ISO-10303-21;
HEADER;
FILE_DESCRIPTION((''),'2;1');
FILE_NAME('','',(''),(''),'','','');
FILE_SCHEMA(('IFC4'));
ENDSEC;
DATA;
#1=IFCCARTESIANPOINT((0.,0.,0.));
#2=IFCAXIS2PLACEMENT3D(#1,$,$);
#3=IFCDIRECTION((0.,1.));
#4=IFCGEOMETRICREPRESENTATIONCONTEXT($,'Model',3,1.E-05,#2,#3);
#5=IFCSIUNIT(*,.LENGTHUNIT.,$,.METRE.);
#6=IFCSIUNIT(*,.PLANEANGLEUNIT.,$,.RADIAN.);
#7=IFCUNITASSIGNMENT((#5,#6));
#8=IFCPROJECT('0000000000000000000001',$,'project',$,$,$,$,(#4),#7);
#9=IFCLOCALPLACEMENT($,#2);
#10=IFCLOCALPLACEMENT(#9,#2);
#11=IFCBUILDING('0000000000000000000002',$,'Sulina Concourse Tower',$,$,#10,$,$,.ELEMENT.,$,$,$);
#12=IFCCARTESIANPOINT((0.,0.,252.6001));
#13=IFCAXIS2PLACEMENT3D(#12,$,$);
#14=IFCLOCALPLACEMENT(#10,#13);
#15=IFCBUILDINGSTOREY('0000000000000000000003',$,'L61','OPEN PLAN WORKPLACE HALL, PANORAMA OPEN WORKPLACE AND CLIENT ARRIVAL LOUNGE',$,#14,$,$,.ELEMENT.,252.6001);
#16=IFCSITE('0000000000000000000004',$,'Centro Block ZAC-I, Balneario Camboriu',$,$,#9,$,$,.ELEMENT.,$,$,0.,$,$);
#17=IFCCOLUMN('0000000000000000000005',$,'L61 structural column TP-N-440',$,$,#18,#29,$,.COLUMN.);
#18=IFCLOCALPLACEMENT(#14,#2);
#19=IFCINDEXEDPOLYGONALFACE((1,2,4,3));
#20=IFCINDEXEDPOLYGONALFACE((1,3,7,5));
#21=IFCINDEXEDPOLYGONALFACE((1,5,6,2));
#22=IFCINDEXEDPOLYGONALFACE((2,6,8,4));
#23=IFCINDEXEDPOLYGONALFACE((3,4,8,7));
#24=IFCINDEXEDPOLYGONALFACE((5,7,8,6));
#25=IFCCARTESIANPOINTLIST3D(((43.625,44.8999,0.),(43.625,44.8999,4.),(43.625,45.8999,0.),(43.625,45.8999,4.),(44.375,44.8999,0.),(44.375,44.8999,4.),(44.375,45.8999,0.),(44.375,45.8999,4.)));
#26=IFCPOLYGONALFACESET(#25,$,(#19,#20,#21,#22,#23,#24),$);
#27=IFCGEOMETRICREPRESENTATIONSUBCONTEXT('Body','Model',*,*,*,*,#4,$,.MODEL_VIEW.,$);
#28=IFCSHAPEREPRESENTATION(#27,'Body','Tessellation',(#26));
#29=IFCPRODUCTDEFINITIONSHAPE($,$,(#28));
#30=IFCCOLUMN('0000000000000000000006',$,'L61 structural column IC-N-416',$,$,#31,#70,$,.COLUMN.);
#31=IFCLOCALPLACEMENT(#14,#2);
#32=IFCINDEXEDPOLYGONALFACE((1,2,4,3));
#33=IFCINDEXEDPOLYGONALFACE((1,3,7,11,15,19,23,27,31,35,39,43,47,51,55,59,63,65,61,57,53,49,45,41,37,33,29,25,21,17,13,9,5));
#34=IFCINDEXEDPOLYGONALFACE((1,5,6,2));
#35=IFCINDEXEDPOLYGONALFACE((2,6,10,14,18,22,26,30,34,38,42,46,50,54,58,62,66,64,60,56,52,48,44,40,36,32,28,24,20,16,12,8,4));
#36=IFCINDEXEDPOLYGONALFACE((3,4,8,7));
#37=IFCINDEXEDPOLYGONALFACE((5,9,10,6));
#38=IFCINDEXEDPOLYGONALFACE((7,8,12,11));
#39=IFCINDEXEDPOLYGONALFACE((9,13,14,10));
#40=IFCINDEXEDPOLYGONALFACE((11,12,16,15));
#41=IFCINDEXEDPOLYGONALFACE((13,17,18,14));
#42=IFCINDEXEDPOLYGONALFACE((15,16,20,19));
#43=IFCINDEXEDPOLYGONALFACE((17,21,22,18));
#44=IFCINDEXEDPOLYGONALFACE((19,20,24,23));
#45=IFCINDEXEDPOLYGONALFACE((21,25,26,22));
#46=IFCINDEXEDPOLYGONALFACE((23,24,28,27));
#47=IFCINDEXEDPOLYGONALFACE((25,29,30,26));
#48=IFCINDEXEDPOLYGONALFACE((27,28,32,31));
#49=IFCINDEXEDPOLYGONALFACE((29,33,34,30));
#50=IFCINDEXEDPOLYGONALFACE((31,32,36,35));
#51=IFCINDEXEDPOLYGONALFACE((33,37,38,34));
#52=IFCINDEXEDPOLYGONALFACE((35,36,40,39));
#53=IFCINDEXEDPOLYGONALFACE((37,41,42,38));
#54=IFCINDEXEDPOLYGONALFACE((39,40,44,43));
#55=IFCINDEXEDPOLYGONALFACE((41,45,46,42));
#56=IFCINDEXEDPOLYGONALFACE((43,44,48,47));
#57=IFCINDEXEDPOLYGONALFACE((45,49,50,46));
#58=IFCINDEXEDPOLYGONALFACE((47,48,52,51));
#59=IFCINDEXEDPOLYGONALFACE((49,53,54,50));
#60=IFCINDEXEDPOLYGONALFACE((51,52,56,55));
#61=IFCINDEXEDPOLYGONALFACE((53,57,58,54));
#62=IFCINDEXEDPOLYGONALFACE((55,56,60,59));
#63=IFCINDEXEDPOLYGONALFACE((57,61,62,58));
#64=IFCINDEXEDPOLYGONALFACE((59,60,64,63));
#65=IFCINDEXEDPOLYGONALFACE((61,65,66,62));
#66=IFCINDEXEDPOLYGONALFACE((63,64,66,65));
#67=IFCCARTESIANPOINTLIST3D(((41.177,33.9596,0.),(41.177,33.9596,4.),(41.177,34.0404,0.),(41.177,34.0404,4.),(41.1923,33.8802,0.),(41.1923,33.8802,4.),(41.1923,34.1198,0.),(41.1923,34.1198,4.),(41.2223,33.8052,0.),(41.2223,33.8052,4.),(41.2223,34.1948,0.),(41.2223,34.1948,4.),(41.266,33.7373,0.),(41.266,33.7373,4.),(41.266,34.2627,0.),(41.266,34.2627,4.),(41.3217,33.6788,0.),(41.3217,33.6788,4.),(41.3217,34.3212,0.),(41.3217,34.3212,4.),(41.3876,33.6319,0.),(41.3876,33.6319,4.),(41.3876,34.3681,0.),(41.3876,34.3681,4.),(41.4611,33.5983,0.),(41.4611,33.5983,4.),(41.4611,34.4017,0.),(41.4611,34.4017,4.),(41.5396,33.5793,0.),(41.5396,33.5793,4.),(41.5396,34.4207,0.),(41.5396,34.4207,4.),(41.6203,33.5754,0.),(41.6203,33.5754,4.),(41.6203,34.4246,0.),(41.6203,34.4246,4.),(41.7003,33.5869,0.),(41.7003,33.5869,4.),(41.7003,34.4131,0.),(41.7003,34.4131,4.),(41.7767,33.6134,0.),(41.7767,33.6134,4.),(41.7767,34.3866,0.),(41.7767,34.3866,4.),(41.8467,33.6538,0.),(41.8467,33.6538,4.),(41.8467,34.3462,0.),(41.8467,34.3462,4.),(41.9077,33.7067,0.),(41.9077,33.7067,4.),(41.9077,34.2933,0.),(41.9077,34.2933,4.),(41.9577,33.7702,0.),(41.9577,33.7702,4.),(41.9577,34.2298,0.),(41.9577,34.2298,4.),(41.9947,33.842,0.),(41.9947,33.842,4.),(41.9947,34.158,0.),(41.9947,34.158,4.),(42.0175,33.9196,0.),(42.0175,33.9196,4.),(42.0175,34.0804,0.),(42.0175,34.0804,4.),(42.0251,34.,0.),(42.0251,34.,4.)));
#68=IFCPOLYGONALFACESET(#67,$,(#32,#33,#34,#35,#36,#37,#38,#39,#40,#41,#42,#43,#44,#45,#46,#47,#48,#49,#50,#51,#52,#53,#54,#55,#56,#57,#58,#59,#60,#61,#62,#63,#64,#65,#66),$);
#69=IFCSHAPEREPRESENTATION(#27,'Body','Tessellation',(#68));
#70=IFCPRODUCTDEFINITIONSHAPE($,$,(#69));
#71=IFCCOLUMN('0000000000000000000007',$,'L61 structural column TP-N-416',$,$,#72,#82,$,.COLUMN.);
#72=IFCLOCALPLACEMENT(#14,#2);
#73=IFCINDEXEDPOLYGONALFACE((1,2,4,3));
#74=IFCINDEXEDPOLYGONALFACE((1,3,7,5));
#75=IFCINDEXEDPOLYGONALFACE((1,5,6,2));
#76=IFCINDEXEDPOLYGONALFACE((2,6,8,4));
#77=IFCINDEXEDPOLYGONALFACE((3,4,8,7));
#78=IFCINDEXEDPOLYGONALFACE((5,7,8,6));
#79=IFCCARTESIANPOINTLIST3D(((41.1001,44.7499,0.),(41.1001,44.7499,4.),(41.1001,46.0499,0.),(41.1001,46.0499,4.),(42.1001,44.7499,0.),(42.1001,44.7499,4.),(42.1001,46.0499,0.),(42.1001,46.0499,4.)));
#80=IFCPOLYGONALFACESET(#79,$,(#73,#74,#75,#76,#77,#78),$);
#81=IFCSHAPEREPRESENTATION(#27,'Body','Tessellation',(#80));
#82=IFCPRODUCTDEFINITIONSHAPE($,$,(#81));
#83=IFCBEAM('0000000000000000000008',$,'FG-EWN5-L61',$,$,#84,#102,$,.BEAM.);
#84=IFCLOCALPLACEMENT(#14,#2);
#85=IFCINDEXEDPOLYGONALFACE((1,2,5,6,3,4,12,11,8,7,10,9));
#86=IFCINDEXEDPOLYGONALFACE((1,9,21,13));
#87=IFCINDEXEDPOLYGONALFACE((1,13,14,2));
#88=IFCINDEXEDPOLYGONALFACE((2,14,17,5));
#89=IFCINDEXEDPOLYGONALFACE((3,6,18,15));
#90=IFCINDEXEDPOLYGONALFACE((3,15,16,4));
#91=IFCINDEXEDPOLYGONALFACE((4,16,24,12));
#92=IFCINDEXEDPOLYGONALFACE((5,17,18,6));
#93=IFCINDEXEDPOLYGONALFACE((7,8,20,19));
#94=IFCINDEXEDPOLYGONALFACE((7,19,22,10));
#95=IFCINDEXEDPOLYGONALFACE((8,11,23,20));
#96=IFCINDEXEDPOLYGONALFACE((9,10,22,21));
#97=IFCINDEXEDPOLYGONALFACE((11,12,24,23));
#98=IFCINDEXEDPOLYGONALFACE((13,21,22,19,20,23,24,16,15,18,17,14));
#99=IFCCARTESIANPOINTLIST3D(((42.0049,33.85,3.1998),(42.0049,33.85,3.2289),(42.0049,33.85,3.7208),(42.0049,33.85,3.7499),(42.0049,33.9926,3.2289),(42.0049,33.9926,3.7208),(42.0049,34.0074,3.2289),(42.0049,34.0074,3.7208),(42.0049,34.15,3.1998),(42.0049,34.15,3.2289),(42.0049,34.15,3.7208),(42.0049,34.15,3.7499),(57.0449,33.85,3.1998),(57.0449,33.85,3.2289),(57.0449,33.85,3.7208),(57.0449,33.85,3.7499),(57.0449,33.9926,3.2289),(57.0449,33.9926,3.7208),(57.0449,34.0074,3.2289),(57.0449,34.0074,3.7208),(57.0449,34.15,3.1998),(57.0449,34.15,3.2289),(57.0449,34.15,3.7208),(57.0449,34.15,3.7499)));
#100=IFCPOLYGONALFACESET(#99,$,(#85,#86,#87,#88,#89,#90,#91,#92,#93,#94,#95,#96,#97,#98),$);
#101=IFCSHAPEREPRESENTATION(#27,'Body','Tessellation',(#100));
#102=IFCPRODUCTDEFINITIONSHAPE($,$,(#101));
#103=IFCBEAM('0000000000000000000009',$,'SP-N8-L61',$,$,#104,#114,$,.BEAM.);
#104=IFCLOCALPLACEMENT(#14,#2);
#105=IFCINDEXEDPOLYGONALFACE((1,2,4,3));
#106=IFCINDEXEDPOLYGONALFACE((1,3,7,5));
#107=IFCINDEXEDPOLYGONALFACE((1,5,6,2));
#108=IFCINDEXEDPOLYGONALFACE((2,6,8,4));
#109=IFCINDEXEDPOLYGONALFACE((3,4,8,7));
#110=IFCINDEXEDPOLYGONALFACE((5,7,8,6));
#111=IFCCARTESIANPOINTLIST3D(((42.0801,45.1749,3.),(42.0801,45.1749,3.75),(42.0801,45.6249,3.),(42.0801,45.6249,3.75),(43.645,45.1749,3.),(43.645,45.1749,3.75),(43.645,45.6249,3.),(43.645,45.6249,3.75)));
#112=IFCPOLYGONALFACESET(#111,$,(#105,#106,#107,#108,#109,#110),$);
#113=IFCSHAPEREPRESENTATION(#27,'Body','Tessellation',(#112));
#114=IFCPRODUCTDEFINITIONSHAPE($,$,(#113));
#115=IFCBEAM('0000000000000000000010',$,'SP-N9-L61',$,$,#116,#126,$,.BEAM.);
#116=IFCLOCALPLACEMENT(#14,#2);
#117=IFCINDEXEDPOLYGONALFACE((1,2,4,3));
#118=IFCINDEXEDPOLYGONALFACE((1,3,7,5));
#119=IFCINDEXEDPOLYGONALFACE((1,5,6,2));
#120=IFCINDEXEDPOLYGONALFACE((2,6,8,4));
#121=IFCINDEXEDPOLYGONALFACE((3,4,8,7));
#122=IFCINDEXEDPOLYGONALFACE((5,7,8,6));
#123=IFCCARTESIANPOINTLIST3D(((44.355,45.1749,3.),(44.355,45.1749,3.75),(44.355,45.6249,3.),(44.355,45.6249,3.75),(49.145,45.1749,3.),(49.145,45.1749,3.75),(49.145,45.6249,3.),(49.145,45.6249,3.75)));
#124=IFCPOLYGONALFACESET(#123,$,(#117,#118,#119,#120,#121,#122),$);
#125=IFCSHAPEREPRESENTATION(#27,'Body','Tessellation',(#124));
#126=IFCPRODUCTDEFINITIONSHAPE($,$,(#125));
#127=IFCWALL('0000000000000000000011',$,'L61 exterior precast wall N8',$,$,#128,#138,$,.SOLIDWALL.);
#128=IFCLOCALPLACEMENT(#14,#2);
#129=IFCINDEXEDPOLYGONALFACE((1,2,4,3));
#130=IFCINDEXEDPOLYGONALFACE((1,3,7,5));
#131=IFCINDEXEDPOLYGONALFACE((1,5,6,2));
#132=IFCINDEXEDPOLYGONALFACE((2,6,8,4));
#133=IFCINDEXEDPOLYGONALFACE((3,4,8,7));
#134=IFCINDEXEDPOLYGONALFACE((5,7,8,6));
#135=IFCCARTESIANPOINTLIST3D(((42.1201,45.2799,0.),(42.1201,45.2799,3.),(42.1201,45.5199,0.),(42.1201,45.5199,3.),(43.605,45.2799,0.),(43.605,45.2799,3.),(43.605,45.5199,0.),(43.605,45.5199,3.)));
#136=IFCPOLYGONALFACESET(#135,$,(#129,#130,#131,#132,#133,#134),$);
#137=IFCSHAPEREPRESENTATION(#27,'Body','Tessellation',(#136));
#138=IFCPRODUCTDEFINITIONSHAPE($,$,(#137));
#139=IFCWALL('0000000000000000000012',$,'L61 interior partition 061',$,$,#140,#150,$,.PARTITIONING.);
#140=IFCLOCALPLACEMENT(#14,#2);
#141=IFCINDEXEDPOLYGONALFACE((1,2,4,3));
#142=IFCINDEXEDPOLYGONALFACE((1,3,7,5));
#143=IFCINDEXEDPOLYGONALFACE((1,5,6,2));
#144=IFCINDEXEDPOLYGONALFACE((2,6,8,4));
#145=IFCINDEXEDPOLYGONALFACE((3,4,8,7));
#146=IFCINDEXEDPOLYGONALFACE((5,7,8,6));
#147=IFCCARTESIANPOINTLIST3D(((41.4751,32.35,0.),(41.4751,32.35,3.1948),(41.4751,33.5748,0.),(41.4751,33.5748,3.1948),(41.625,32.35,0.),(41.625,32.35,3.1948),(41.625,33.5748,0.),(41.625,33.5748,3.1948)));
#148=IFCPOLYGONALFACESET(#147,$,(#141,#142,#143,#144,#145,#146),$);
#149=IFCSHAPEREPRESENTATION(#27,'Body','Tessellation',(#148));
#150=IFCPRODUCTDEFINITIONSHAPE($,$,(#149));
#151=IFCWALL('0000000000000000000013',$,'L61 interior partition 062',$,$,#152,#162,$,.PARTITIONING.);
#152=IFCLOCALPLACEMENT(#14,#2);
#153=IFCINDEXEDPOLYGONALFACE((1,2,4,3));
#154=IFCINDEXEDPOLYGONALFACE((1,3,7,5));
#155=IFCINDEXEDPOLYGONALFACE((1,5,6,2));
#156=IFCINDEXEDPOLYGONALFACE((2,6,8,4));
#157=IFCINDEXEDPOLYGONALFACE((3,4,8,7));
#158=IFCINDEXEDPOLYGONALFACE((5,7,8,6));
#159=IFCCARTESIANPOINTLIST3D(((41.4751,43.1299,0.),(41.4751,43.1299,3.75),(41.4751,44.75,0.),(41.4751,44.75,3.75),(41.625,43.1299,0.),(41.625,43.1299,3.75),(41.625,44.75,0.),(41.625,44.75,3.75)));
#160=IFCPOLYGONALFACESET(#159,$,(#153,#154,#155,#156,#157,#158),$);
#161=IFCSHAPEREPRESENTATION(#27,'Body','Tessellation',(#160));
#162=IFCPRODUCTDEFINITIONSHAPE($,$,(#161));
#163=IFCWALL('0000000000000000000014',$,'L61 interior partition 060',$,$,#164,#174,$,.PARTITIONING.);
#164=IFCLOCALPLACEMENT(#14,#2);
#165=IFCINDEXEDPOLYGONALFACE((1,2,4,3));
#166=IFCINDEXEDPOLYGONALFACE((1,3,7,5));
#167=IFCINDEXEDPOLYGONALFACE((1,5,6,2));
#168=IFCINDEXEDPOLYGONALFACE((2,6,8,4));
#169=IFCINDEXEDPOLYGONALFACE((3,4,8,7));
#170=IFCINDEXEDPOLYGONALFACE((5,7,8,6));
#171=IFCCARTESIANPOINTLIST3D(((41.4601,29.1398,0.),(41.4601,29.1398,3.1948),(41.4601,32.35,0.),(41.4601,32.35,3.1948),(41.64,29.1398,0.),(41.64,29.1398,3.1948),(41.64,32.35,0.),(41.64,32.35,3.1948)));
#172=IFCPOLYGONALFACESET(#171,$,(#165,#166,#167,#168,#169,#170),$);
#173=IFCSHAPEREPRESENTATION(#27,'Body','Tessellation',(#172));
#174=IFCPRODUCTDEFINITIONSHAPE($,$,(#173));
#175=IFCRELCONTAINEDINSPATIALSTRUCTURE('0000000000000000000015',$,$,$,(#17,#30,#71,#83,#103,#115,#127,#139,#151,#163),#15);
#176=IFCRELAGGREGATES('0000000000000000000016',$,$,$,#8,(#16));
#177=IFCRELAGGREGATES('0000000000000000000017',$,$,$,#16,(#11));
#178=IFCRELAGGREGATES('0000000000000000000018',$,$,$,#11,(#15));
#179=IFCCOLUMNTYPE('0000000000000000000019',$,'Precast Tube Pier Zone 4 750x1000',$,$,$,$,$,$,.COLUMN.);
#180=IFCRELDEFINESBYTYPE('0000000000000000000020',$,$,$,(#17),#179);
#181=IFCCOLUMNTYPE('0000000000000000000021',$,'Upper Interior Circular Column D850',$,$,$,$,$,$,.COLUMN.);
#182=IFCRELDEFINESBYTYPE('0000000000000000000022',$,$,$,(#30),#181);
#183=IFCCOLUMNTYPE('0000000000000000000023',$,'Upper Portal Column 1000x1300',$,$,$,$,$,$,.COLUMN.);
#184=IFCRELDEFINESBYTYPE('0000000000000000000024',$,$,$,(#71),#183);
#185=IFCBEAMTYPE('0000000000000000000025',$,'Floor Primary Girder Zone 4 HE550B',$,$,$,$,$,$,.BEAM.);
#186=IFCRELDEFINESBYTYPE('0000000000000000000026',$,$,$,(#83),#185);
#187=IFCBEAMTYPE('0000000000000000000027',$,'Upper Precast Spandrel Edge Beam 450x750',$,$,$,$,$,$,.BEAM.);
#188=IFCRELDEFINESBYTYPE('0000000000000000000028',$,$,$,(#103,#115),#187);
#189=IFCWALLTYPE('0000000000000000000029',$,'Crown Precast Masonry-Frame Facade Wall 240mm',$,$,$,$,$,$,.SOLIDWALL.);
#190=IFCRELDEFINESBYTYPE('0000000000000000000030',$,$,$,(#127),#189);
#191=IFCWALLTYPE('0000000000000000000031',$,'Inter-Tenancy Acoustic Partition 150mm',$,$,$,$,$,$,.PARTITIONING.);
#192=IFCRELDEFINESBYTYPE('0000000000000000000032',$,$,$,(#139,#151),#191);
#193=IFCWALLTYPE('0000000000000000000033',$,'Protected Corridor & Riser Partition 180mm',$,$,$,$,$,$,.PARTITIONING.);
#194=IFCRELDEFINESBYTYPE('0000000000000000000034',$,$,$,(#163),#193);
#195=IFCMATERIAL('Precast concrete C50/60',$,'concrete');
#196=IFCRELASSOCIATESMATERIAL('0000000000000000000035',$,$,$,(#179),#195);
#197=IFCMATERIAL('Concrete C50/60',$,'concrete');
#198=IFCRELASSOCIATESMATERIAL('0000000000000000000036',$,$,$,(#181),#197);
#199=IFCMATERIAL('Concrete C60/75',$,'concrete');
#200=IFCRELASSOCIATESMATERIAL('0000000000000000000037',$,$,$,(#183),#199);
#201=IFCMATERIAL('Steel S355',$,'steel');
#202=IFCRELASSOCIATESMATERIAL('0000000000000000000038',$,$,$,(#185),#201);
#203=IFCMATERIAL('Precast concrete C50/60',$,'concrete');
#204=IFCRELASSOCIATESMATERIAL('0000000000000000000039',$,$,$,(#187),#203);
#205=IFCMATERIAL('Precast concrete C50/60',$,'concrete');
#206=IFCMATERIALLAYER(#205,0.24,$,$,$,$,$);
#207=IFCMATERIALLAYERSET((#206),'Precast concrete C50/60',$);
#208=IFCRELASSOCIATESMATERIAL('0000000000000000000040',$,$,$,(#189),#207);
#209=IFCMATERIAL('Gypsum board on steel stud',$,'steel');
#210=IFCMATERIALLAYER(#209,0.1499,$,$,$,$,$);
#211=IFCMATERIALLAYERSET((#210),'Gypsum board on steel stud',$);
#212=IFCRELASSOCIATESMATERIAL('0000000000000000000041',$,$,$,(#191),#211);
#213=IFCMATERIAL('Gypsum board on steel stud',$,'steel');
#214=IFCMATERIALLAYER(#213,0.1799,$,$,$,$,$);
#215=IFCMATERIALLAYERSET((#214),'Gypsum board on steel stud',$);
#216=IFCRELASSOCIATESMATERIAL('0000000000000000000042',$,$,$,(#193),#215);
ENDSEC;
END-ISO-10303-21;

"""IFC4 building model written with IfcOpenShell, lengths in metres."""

from ifc_helpers import new_model, si_unit, direction, frame, frame_2d, origin, origin_2d, place, context, subcontext, project, spatial, rectangle, circle, i_section, extrude, material, layer, layer_set, material_profile, profile_set, type_object, element, save


model = new_model("IFC4")

# Units and contexts
model_context = context("Model", 3, precision=1e-05, world=origin(), true_north=direction((0.0, 1.0)))
body_context = subcontext(model_context, "Body", "Model", "MODEL_VIEW")
ifc_project = project(units=[si_unit("LENGTHUNIT", "METRE"), si_unit("PLANEANGLEUNIT", "RADIAN")], contexts=[model_context])

# Site, building, storey
site_placement = place(None, origin())
site = spatial("IfcSite", under=ifc_project, at=site_placement, Name="Centro Block ZAC-I, Balneario Camboriu", CompositionType="ELEMENT", RefElevation=0.0)
building_placement = place(site_placement, origin())
building = spatial("IfcBuilding", under=site, at=building_placement, Name="Sulina Concourse Tower", CompositionType="ELEMENT")
storey_placement = place(building_placement, frame((0.0, 0.0, 252.6001)))
storey = spatial("IfcBuildingStorey", under=building, at=storey_placement, Name="L61", Description="OPEN PLAN WORKPLACE HALL, PANORAMA OPEN WORKPLACE AND CLIENT ARRIVAL LOUNGE", CompositionType="ELEMENT", Elevation=252.6001)

# Columns
ifc_material_1 = material(Name="Precast concrete C50/60", Category="concrete")
ifc_material_profile_1 = material_profile(ifc_material_1, rectangle(XDim=0.75, YDim=1.0, at=origin_2d()), Name="PC 750x1000")
ifc_profile_set_1 = profile_set([ifc_material_profile_1], Name="Precast concrete C50/60")
column_type_1 = type_object("IfcColumnType", Name="Precast Tube Pier Zone 4 750x1000", PredefinedType="COLUMN", material=ifc_profile_set_1)
column_1_placement = place(storey_placement, frame((44.0, 45.3999, 0.0), z_axis=(0.0, 0.0, 1.0), x_axis=(1.0, 0.0, 0.0)))
element("IfcColumn", 1, at=column_1_placement, inside=storey, type_object=column_type_1, Name="L61 structural column TP-N-440", PredefinedType="COLUMN", context=body_context, shape_type="SweptSolid", body=[
    extrude(rectangle(XDim=0.75, YDim=1.0, at=origin_2d()), origin(), (0.0, 0.0, 1.0), 4.0),
])
ifc_material_2 = material(Name="Concrete C50/60", Category="concrete")
ifc_material_profile_2 = material_profile(ifc_material_2, circle(Radius=0.425, at=origin_2d()), Name="RC D850")
ifc_profile_set_2 = profile_set([ifc_material_profile_2], Name="Concrete C50/60")
column_type_2 = type_object("IfcColumnType", Name="Upper Interior Circular Column D850", PredefinedType="COLUMN", material=ifc_profile_set_2)
column_2_placement = place(storey_placement, frame((41.6001, 34.0, 0.0), z_axis=(0.0, 0.0, 1.0), x_axis=(1.0, 0.0, 0.0)))
element("IfcColumn", 2, at=column_2_placement, inside=storey, type_object=column_type_2, Name="L61 structural column IC-N-416", PredefinedType="COLUMN", context=body_context, shape_type="SweptSolid", body=[
    extrude(circle(Radius=0.425, at=origin_2d()), origin(), (0.0, 0.0, 1.0), 4.0),
])
ifc_material_3 = material(Name="Concrete C60/75", Category="concrete")
ifc_material_profile_3 = material_profile(ifc_material_3, rectangle(XDim=1.0, YDim=1.3, at=origin_2d()), Name="RC 1000x1300")
ifc_profile_set_3 = profile_set([ifc_material_profile_3], Name="Concrete C60/75")
column_type_3 = type_object("IfcColumnType", Name="Upper Portal Column 1000x1300", PredefinedType="COLUMN", material=ifc_profile_set_3)
column_3_placement = place(storey_placement, frame((41.6001, 45.3999, 0.0), z_axis=(0.0, 0.0, 1.0), x_axis=(1.0, 0.0, 0.0)))
element("IfcColumn", 3, at=column_3_placement, inside=storey, type_object=column_type_3, Name="L61 structural column TP-N-416", PredefinedType="COLUMN", context=body_context, shape_type="SweptSolid", body=[
    extrude(rectangle(XDim=1.0, YDim=1.3, at=origin_2d()), origin(), (0.0, 0.0, 1.0), 4.0),
])

# Beams
ifc_material_4 = material(Name="Steel S355", Category="steel")
ifc_material_profile_4 = material_profile(ifc_material_4, i_section(OverallWidth=0.3, OverallDepth=0.55, WebThickness=0.0149, FlangeThickness=0.0291, at=origin_2d()), Name="HE 550 B")
ifc_profile_set_4 = profile_set([ifc_material_profile_4], Name="Steel S355")
beam_type_1 = type_object("IfcBeamType", Name="Floor Primary Girder Zone 4 HE550B", PredefinedType="BEAM", material=ifc_profile_set_4)
beam_1_placement = place(storey_placement, frame((42.0049, 34.0, 3.4749), z_axis=(1.0, 0.0, 0.0), x_axis=(0.0, 1.0, 0.0)))
element("IfcBeam", 4, at=beam_1_placement, inside=storey, type_object=beam_type_1, Name="FG-EWN5-L61", PredefinedType="BEAM", context=body_context, shape_type="SweptSolid", body=[
    extrude(i_section(OverallWidth=0.3, OverallDepth=0.55, WebThickness=0.0149, FlangeThickness=0.0291, at=origin_2d()), origin(), (0.0, 0.0, 1.0), 15.04),
])
ifc_material_5 = material(Name="Precast concrete C50/60", Category="concrete")
ifc_material_profile_5 = material_profile(ifc_material_5, rectangle(XDim=0.45, YDim=0.75, at=origin_2d()), Name="RC 450x750")
ifc_profile_set_5 = profile_set([ifc_material_profile_5], Name="Precast concrete C50/60")
beam_type_2 = type_object("IfcBeamType", Name="Upper Precast Spandrel Edge Beam 450x750", PredefinedType="BEAM", material=ifc_profile_set_5)
beam_2_placement = place(storey_placement, frame((42.0801, 45.3999, 3.375), z_axis=(1.0, 0.0, 0.0), x_axis=(0.0, 1.0, 0.0)))
element("IfcBeam", 5, at=beam_2_placement, inside=storey, type_object=beam_type_2, Name="SP-N8-L61", PredefinedType="BEAM", context=body_context, shape_type="SweptSolid", body=[
    extrude(rectangle(XDim=0.45, YDim=0.75, at=origin_2d()), origin(), (0.0, 0.0, 1.0), 1.5649),
])
beam_3_placement = place(storey_placement, frame((44.355, 45.3999, 3.375), z_axis=(1.0, 0.0, 0.0), x_axis=(0.0, 1.0, 0.0)))
element("IfcBeam", 6, at=beam_3_placement, inside=storey, type_object=beam_type_2, Name="SP-N9-L61", PredefinedType="BEAM", context=body_context, shape_type="SweptSolid", body=[
    extrude(rectangle(XDim=0.45, YDim=0.75, at=origin_2d()), origin(), (0.0, 0.0, 1.0), 4.79),
])

# Walls
ifc_material_6 = material(Name="Precast concrete C50/60", Category="concrete")
ifc_layer_1 = layer(ifc_material_6, 0.24)
ifc_layer_set_1 = layer_set([ifc_layer_1], Name="Precast concrete C50/60")
wall_type_1 = type_object("IfcWallType", Name="Crown Precast Masonry-Frame Facade Wall 240mm", PredefinedType="SOLIDWALL", material=ifc_layer_set_1)
wall_1_placement = place(storey_placement, frame((42.1201, 45.3999, 0.0), z_axis=(0.0, 0.0, 1.0), x_axis=(1.0, 0.0, 0.0)))
element("IfcWall", 7, at=wall_1_placement, inside=storey, type_object=wall_type_1, Name="L61 exterior precast wall N8", PredefinedType="SOLIDWALL", context=body_context, shape_type="SweptSolid", body=[
    extrude(rectangle(XDim=1.4849, YDim=0.24, at=frame_2d((0.7424, 0.0))), origin(), (0.0, 0.0, 1.0), 3.0),
])
ifc_material_7 = material(Name="Gypsum board on steel stud", Category="steel")
ifc_layer_2 = layer(ifc_material_7, 0.1499)
ifc_layer_set_2 = layer_set([ifc_layer_2], Name="Gypsum board on steel stud")
wall_type_2 = type_object("IfcWallType", Name="Inter-Tenancy Acoustic Partition 150mm", PredefinedType="PARTITIONING", material=ifc_layer_set_2)
wall_2_placement = place(storey_placement, frame((41.55, 32.3501, 0.0), z_axis=(0.0, 0.0, 1.0), x_axis=(0.0, 1.0, 0.0)))
element("IfcWall", 8, at=wall_2_placement, inside=storey, type_object=wall_type_2, Name="L61 interior partition 061", PredefinedType="PARTITIONING", context=body_context, shape_type="SweptSolid", body=[
    extrude(rectangle(XDim=1.2249, YDim=0.1499, at=frame_2d((0.6123, 0.0))), origin(), (0.0, 0.0, 1.0), 3.1948),
])
wall_3_placement = place(storey_placement, frame((41.55, 43.1299, 0.0), z_axis=(0.0, 0.0, 1.0), x_axis=(0.0, 1.0, 0.0)))
element("IfcWall", 9, at=wall_3_placement, inside=storey, type_object=wall_type_2, Name="L61 interior partition 062", PredefinedType="PARTITIONING", context=body_context, shape_type="SweptSolid", body=[
    extrude(rectangle(XDim=1.6201, YDim=0.1499, at=frame_2d((0.8101, 0.0))), origin(), (0.0, 0.0, 1.0), 3.75),
])
ifc_material_8 = material(Name="Gypsum board on steel stud", Category="steel")
ifc_layer_3 = layer(ifc_material_8, 0.1799)
ifc_layer_set_3 = layer_set([ifc_layer_3], Name="Gypsum board on steel stud")
wall_type_3 = type_object("IfcWallType", Name="Protected Corridor & Riser Partition 180mm", PredefinedType="PARTITIONING", material=ifc_layer_set_3)
wall_4_placement = place(storey_placement, frame((41.55, 29.1399, 0.0), z_axis=(0.0, 0.0, 1.0), x_axis=(0.0, 1.0, 0.0)))
element("IfcWall", 10, at=wall_4_placement, inside=storey, type_object=wall_type_3, Name="L61 interior partition 060", PredefinedType="PARTITIONING", context=body_context, shape_type="SweptSolid", body=[
    extrude(rectangle(XDim=3.2102, YDim=0.1799, at=frame_2d((1.605, 0.0))), origin(), (0.0, 0.0, 1.0), 3.1948),
])

save(model, "model.ifc")
